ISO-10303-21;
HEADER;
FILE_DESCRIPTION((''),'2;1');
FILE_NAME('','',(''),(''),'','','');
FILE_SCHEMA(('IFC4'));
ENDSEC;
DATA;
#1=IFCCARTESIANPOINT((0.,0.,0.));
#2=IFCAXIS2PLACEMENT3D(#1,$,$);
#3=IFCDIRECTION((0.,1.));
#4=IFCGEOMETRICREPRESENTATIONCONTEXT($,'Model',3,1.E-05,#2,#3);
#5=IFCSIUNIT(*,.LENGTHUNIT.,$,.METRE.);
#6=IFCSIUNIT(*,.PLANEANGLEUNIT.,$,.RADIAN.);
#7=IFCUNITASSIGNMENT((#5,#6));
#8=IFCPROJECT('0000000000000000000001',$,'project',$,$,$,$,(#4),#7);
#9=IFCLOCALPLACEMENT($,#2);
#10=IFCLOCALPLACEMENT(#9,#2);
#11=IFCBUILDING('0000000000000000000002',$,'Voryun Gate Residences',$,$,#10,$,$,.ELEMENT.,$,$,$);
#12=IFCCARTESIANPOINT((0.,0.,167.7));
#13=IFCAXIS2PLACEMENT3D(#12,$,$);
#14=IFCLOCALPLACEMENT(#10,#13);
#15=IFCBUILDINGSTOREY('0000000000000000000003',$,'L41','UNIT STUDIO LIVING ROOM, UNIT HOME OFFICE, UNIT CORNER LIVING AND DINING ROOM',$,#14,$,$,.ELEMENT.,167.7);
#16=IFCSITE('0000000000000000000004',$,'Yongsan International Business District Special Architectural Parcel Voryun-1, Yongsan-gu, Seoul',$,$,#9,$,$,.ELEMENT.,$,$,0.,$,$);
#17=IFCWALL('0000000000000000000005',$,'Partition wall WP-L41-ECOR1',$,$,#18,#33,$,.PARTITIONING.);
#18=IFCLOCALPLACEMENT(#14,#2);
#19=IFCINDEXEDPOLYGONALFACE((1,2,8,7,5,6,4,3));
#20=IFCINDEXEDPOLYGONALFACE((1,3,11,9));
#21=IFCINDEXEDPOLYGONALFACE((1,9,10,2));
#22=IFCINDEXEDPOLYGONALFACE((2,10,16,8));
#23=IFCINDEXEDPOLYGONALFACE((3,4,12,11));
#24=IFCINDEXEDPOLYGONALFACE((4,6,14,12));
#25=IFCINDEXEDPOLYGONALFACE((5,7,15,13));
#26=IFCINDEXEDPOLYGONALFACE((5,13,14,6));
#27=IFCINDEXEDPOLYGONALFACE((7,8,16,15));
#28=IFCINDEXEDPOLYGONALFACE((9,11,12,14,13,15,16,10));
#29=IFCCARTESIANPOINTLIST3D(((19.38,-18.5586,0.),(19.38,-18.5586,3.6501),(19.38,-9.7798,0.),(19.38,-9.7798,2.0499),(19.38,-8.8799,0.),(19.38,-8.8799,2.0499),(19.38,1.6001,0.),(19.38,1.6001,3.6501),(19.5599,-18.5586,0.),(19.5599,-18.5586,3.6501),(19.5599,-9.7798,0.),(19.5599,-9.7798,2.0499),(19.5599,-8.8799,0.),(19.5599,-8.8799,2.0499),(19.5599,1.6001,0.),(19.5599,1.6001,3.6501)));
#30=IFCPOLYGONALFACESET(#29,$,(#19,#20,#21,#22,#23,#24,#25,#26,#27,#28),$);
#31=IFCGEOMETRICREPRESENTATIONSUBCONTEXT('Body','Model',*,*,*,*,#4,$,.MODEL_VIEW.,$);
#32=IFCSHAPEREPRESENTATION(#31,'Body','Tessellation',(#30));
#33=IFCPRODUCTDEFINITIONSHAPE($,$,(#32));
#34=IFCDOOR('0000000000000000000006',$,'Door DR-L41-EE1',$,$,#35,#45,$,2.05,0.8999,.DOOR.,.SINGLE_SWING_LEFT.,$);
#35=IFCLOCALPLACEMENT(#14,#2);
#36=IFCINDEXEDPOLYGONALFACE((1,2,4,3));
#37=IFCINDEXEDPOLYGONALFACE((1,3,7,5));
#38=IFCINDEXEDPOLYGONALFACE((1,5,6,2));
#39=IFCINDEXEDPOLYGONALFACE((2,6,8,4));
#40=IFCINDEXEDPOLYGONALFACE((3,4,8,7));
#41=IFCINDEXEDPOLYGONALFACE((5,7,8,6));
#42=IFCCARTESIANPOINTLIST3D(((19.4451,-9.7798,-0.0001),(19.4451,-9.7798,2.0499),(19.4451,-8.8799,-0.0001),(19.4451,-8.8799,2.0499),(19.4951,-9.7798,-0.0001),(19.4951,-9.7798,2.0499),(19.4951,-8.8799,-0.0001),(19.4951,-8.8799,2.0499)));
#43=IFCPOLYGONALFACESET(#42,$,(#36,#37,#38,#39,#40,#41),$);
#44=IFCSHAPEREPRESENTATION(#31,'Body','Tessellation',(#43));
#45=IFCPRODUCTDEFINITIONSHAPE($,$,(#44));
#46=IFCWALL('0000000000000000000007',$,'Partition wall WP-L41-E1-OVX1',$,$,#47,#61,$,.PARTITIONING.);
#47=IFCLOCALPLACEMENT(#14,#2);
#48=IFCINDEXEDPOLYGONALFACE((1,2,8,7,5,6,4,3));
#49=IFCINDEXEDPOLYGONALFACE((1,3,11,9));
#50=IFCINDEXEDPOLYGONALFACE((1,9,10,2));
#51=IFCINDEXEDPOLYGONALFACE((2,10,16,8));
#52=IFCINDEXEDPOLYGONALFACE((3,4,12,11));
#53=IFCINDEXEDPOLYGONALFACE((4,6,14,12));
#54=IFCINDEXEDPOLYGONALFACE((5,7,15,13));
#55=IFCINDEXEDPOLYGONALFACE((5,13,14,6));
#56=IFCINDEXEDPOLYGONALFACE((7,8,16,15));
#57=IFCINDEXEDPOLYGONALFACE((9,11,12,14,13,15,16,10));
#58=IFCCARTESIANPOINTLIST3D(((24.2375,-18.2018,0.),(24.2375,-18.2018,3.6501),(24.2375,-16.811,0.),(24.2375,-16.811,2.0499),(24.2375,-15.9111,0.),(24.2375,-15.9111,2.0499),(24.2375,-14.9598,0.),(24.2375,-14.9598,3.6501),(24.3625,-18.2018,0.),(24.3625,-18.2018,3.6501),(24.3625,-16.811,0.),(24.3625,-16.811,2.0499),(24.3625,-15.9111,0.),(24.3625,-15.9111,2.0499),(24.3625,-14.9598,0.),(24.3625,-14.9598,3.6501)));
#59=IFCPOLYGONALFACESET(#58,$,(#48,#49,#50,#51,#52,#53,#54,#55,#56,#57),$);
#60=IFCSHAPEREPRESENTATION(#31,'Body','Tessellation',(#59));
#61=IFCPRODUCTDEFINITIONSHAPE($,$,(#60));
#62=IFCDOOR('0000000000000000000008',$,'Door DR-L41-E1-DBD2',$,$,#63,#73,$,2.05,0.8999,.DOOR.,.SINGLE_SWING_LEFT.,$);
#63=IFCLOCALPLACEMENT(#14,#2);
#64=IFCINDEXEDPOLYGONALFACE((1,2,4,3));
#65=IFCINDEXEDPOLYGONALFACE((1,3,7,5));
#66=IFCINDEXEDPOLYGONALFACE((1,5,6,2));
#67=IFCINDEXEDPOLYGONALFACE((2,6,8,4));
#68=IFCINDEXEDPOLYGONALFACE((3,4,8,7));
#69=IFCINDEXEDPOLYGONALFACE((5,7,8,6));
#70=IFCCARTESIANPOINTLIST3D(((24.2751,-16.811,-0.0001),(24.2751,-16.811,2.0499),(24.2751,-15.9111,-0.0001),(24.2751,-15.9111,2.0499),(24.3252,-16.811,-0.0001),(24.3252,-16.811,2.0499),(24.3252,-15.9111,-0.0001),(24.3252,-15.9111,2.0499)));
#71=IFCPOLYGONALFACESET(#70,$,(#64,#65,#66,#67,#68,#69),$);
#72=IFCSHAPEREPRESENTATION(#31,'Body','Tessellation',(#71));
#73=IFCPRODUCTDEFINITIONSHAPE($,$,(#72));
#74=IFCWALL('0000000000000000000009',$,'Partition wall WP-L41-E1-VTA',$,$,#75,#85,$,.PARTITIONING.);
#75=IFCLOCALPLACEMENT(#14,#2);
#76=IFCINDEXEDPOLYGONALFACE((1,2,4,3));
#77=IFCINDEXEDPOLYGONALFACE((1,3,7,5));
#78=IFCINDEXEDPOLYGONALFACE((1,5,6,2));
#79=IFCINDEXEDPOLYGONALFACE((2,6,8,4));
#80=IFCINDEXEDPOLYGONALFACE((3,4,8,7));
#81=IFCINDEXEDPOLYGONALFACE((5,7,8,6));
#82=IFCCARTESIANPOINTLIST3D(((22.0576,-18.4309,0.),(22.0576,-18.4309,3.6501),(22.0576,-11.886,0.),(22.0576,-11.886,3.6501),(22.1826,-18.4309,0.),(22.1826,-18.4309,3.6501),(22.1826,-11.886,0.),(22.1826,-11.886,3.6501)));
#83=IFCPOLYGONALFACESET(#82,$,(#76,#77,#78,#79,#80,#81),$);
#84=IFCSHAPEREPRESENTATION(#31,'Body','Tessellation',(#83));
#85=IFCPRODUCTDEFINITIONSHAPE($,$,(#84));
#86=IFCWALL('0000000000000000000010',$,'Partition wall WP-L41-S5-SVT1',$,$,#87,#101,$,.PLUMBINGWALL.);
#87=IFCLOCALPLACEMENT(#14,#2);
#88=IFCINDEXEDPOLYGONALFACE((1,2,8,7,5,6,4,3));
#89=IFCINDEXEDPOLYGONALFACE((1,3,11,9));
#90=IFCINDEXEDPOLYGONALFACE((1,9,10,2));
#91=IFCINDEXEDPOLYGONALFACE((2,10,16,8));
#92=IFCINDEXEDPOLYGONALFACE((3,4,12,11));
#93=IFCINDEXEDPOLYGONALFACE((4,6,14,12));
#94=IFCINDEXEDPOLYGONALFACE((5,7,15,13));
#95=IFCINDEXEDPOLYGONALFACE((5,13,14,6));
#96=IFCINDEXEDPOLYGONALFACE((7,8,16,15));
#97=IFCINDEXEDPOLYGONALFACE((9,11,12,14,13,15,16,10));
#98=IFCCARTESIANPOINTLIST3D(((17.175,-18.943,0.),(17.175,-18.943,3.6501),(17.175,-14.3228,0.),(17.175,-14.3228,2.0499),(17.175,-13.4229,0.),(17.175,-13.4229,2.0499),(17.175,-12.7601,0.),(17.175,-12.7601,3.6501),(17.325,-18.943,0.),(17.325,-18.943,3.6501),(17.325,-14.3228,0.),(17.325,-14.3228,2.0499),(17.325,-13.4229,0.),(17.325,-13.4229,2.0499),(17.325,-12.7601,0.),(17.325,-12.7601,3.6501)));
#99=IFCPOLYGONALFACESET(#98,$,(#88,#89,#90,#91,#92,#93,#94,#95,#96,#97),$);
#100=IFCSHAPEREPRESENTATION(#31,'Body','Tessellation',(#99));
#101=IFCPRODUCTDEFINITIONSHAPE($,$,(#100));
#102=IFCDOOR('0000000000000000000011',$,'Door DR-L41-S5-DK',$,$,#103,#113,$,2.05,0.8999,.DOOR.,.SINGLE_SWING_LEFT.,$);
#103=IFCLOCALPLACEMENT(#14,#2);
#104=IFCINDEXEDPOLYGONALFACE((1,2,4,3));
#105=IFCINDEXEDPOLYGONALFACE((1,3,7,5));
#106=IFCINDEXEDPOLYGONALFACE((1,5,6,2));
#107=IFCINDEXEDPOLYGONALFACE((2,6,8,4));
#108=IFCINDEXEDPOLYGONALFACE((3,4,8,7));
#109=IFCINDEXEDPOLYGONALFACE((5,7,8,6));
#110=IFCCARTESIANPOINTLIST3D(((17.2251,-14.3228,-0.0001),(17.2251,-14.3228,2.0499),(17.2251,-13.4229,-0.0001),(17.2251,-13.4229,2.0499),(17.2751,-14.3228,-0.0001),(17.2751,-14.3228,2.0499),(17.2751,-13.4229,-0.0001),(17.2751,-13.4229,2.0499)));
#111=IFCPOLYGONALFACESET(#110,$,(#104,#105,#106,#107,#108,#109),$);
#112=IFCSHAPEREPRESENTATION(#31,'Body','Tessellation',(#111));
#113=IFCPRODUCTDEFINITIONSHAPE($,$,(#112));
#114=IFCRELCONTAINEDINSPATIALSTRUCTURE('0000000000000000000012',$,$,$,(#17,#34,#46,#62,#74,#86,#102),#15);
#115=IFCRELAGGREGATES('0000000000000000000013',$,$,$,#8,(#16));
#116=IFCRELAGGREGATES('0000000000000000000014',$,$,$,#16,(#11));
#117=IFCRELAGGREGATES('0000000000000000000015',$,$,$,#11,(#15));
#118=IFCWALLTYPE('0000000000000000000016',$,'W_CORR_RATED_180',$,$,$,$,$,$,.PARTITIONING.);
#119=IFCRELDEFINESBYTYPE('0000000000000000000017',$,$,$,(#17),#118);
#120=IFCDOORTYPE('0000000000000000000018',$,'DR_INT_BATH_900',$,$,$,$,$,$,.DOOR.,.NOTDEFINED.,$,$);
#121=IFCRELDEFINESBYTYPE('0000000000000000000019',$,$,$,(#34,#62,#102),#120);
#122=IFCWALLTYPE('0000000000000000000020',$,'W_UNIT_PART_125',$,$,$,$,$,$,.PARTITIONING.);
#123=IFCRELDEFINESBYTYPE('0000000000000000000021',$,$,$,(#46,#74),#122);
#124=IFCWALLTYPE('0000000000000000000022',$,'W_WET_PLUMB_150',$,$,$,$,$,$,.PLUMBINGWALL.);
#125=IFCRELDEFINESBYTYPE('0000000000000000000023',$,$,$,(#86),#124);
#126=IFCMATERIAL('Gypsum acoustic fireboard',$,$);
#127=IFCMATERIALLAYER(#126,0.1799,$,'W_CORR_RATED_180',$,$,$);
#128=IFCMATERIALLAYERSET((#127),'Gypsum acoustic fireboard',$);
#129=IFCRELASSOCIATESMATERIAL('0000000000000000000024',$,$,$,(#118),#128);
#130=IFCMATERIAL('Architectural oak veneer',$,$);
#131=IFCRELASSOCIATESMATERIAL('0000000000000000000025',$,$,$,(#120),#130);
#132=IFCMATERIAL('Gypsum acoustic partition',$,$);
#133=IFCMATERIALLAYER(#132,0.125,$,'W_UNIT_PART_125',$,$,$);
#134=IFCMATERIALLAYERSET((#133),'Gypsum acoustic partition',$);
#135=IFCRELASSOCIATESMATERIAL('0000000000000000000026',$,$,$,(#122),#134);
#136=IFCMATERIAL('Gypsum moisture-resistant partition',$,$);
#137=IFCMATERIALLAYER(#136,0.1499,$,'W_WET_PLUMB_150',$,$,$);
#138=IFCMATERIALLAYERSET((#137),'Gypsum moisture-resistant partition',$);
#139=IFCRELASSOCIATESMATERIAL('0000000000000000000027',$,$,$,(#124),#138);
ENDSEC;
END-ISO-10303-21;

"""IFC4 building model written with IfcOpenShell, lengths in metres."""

from ifc_helpers import new_model, si_unit, direction, frame, frame_2d, origin, place, context, subcontext, project, spatial, rectangle, extrude, material, layer, layer_set, type_object, element, fill, save


model = new_model("IFC4")

# Units and contexts
model_context = context("Model", 3, precision=1e-05, world=origin(), true_north=direction((0.0, 1.0)))
body_context = subcontext(model_context, "Body", "Model", "MODEL_VIEW")
ifc_project = project(units=[si_unit("LENGTHUNIT", "METRE"), si_unit("PLANEANGLEUNIT", "RADIAN")], contexts=[model_context])

# Site, building, storey
site_placement = place(None, origin())
site = spatial("IfcSite", under=ifc_project, at=site_placement, Name="Yongsan International Business District Special Architectural Parcel Voryun-1, Yongsan-gu, Seoul", CompositionType="ELEMENT", RefElevation=0.0)
building_placement = place(site_placement, origin())
building = spatial("IfcBuilding", under=site, at=building_placement, Name="Voryun Gate Residences", CompositionType="ELEMENT")
storey_placement = place(building_placement, frame((0.0, 0.0, 167.7)))
storey = spatial("IfcBuildingStorey", under=building, at=storey_placement, Name="L41", Description="UNIT STUDIO LIVING ROOM, UNIT HOME OFFICE, UNIT CORNER LIVING AND DINING ROOM", CompositionType="ELEMENT", Elevation=167.7)

# Walls, openings, doors
ifc_material_1 = material(Name="Gypsum acoustic fireboard")
ifc_layer_1 = layer(ifc_material_1, 0.1799, Name="W_CORR_RATED_180")
ifc_layer_set_1 = layer_set([ifc_layer_1], Name="Gypsum acoustic fireboard")
wall_type_1 = type_object("IfcWallType", Name="W_CORR_RATED_180", PredefinedType="PARTITIONING", material=ifc_layer_set_1)
wall_1_placement = place(storey_placement, frame((19.47, -18.5586, 0.0), z_axis=(0.0, 0.0, 1.0), x_axis=(0.0, 1.0, 0.0)))
wall_1 = element("IfcWall", 1, at=wall_1_placement, inside=storey, type_object=wall_type_1, Name="Partition wall WP-L41-ECOR1", PredefinedType="PARTITIONING", context=body_context, shape_type="SweptSolid", body=[
    extrude(rectangle(XDim=20.1587, YDim=0.1799, at=frame_2d((10.0793, 0.0))), origin(), (0.0, 0.0, 1.0), 3.6501),
])
opening_1_placement = place(wall_1_placement, frame((8.7788, 0.0, 0.0)))
opening_1 = element("IfcOpeningElement", 2, at=opening_1_placement, cuts=wall_1, PredefinedType="OPENING", context=body_context, shape_type="SweptSolid", body=[
    extrude(rectangle(XDim=0.8999, YDim=2.05, at=frame_2d((0.45, 1.0249))), frame((0.0, 0.0999, 0.0), z_axis=(0.0, -1.0, 0.0), x_axis=(1.0, 0.0, 0.0)), (0.0, 0.0, 1.0), 0.2),
])
ifc_material_2 = material(Name="Architectural oak veneer")
door_type = type_object("IfcDoorType", Name="DR_INT_BATH_900", OperationType="NOTDEFINED", PredefinedType="DOOR", material=ifc_material_2)
door_1_placement = place(opening_1_placement, origin())
door_1 = element("IfcDoor", 3, at=door_1_placement, inside=storey, type_object=door_type, Name="Door DR-L41-EE1", OperationType="SINGLE_SWING_LEFT", OverallHeight=2.05, OverallWidth=0.8999, PredefinedType="DOOR", context=body_context, shape_type="SweptSolid", body=[
    extrude(rectangle(XDim=0.8999, YDim=2.05, at=frame_2d((0.45, 1.0249))), frame((0.0, 0.0249, 0.0), z_axis=(0.0, -1.0, 0.0), x_axis=(1.0, 0.0, 0.0)), (0.0, 0.0, 1.0), 0.05),
])
fill(opening_1, door_1)
ifc_material_3 = material(Name="Gypsum acoustic partition")
ifc_layer_2 = layer(ifc_material_3, 0.125, Name="W_UNIT_PART_125")
ifc_layer_set_2 = layer_set([ifc_layer_2], Name="Gypsum acoustic partition")
wall_type_2 = type_object("IfcWallType", Name="W_UNIT_PART_125", PredefinedType="PARTITIONING", material=ifc_layer_set_2)
wall_2_placement = place(storey_placement, frame((24.3, -18.2019, 0.0), z_axis=(0.0, 0.0, 1.0), x_axis=(0.0, 1.0, 0.0)))
wall_2 = element("IfcWall", 4, at=wall_2_placement, inside=storey, type_object=wall_type_2, Name="Partition wall WP-L41-E1-OVX1", PredefinedType="PARTITIONING", context=body_context, shape_type="SweptSolid", body=[
    extrude(rectangle(XDim=3.2419, YDim=0.125, at=frame_2d((1.6211, 0.0))), origin(), (0.0, 0.0, 1.0), 3.6501),
])
opening_2_placement = place(wall_2_placement, frame((1.3909, 0.0, 0.0)))
opening_2 = element("IfcOpeningElement", 5, at=opening_2_placement, cuts=wall_2, PredefinedType="OPENING", context=body_context, shape_type="SweptSolid", body=[
    extrude(rectangle(XDim=0.8999, YDim=2.05, at=frame_2d((0.45, 1.0249))), frame((0.0, 0.0725, 0.0), z_axis=(0.0, -1.0, 0.0), x_axis=(1.0, 0.0, 0.0)), (0.0, 0.0, 1.0), 0.145),
])
door_2_placement = place(opening_2_placement, origin())
door_2 = element("IfcDoor", 6, at=door_2_placement, inside=storey, type_object=door_type, Name="Door DR-L41-E1-DBD2", OperationType="SINGLE_SWING_LEFT", OverallHeight=2.05, OverallWidth=0.8999, PredefinedType="DOOR", context=body_context, shape_type="SweptSolid", body=[
    extrude(rectangle(XDim=0.8999, YDim=2.05, at=frame_2d((0.45, 1.0249))), frame((0.0, 0.0249, 0.0), z_axis=(0.0, -1.0, 0.0), x_axis=(1.0, 0.0, 0.0)), (0.0, 0.0, 1.0), 0.05),
])
fill(opening_2, door_2)

# Wall
wall_3_placement = place(storey_placement, frame((22.1201, -18.4309, 0.0), z_axis=(0.0, 0.0, 1.0), x_axis=(0.0, 1.0, 0.0)))
element("IfcWall", 7, at=wall_3_placement, inside=storey, type_object=wall_type_2, Name="Partition wall WP-L41-E1-VTA", PredefinedType="PARTITIONING", context=body_context, shape_type="SweptSolid", body=[
    extrude(rectangle(XDim=6.5449, YDim=0.125, at=frame_2d((3.2725, 0.0))), origin(), (0.0, 0.0, 1.0), 3.6501),
])

# Wall, opening, door
ifc_material_4 = material(Name="Gypsum moisture-resistant partition")
ifc_layer_3 = layer(ifc_material_4, 0.1499, Name="W_WET_PLUMB_150")
ifc_layer_set_3 = layer_set([ifc_layer_3], Name="Gypsum moisture-resistant partition")
wall_type_3 = type_object("IfcWallType", Name="W_WET_PLUMB_150", PredefinedType="PLUMBINGWALL", material=ifc_layer_set_3)
wall_4_placement = place(storey_placement, frame((17.25, -18.9429, 0.0), z_axis=(0.0, 0.0, 1.0), x_axis=(0.0, 1.0, 0.0)))
wall_4 = element("IfcWall", 8, at=wall_4_placement, inside=storey, type_object=wall_type_3, Name="Partition wall WP-L41-S5-SVT1", PredefinedType="PLUMBINGWALL", context=body_context, shape_type="SweptSolid", body=[
    extrude(rectangle(XDim=6.1829, YDim=0.1499, at=frame_2d((3.0913, 0.0))), origin(), (0.0, 0.0, 1.0), 3.6501),
])
opening_3_placement = place(wall_4_placement, frame((4.6201, 0.0, 0.0)))
opening_3 = element("IfcOpeningElement", 9, at=opening_3_placement, cuts=wall_4, PredefinedType="OPENING", context=body_context, shape_type="SweptSolid", body=[
    extrude(rectangle(XDim=0.8999, YDim=2.05, at=frame_2d((0.45, 1.0249))), frame((0.0, 0.085, 0.0), z_axis=(0.0, -1.0, 0.0), x_axis=(1.0, 0.0, 0.0)), (0.0, 0.0, 1.0), 0.1699),
])
door_3_placement = place(opening_3_placement, origin())
door_3 = element("IfcDoor", 10, at=door_3_placement, inside=storey, type_object=door_type, Name="Door DR-L41-S5-DK", OperationType="SINGLE_SWING_LEFT", OverallHeight=2.05, OverallWidth=0.8999, PredefinedType="DOOR", context=body_context, shape_type="SweptSolid", body=[
    extrude(rectangle(XDim=0.8999, YDim=2.05, at=frame_2d((0.45, 1.0249))), frame((0.0, 0.0249, 0.0), z_axis=(0.0, -1.0, 0.0), x_axis=(1.0, 0.0, 0.0)), (0.0, 0.0, 1.0), 0.05),
])
fill(opening_3, door_3)

save(model, "model.ifc")
